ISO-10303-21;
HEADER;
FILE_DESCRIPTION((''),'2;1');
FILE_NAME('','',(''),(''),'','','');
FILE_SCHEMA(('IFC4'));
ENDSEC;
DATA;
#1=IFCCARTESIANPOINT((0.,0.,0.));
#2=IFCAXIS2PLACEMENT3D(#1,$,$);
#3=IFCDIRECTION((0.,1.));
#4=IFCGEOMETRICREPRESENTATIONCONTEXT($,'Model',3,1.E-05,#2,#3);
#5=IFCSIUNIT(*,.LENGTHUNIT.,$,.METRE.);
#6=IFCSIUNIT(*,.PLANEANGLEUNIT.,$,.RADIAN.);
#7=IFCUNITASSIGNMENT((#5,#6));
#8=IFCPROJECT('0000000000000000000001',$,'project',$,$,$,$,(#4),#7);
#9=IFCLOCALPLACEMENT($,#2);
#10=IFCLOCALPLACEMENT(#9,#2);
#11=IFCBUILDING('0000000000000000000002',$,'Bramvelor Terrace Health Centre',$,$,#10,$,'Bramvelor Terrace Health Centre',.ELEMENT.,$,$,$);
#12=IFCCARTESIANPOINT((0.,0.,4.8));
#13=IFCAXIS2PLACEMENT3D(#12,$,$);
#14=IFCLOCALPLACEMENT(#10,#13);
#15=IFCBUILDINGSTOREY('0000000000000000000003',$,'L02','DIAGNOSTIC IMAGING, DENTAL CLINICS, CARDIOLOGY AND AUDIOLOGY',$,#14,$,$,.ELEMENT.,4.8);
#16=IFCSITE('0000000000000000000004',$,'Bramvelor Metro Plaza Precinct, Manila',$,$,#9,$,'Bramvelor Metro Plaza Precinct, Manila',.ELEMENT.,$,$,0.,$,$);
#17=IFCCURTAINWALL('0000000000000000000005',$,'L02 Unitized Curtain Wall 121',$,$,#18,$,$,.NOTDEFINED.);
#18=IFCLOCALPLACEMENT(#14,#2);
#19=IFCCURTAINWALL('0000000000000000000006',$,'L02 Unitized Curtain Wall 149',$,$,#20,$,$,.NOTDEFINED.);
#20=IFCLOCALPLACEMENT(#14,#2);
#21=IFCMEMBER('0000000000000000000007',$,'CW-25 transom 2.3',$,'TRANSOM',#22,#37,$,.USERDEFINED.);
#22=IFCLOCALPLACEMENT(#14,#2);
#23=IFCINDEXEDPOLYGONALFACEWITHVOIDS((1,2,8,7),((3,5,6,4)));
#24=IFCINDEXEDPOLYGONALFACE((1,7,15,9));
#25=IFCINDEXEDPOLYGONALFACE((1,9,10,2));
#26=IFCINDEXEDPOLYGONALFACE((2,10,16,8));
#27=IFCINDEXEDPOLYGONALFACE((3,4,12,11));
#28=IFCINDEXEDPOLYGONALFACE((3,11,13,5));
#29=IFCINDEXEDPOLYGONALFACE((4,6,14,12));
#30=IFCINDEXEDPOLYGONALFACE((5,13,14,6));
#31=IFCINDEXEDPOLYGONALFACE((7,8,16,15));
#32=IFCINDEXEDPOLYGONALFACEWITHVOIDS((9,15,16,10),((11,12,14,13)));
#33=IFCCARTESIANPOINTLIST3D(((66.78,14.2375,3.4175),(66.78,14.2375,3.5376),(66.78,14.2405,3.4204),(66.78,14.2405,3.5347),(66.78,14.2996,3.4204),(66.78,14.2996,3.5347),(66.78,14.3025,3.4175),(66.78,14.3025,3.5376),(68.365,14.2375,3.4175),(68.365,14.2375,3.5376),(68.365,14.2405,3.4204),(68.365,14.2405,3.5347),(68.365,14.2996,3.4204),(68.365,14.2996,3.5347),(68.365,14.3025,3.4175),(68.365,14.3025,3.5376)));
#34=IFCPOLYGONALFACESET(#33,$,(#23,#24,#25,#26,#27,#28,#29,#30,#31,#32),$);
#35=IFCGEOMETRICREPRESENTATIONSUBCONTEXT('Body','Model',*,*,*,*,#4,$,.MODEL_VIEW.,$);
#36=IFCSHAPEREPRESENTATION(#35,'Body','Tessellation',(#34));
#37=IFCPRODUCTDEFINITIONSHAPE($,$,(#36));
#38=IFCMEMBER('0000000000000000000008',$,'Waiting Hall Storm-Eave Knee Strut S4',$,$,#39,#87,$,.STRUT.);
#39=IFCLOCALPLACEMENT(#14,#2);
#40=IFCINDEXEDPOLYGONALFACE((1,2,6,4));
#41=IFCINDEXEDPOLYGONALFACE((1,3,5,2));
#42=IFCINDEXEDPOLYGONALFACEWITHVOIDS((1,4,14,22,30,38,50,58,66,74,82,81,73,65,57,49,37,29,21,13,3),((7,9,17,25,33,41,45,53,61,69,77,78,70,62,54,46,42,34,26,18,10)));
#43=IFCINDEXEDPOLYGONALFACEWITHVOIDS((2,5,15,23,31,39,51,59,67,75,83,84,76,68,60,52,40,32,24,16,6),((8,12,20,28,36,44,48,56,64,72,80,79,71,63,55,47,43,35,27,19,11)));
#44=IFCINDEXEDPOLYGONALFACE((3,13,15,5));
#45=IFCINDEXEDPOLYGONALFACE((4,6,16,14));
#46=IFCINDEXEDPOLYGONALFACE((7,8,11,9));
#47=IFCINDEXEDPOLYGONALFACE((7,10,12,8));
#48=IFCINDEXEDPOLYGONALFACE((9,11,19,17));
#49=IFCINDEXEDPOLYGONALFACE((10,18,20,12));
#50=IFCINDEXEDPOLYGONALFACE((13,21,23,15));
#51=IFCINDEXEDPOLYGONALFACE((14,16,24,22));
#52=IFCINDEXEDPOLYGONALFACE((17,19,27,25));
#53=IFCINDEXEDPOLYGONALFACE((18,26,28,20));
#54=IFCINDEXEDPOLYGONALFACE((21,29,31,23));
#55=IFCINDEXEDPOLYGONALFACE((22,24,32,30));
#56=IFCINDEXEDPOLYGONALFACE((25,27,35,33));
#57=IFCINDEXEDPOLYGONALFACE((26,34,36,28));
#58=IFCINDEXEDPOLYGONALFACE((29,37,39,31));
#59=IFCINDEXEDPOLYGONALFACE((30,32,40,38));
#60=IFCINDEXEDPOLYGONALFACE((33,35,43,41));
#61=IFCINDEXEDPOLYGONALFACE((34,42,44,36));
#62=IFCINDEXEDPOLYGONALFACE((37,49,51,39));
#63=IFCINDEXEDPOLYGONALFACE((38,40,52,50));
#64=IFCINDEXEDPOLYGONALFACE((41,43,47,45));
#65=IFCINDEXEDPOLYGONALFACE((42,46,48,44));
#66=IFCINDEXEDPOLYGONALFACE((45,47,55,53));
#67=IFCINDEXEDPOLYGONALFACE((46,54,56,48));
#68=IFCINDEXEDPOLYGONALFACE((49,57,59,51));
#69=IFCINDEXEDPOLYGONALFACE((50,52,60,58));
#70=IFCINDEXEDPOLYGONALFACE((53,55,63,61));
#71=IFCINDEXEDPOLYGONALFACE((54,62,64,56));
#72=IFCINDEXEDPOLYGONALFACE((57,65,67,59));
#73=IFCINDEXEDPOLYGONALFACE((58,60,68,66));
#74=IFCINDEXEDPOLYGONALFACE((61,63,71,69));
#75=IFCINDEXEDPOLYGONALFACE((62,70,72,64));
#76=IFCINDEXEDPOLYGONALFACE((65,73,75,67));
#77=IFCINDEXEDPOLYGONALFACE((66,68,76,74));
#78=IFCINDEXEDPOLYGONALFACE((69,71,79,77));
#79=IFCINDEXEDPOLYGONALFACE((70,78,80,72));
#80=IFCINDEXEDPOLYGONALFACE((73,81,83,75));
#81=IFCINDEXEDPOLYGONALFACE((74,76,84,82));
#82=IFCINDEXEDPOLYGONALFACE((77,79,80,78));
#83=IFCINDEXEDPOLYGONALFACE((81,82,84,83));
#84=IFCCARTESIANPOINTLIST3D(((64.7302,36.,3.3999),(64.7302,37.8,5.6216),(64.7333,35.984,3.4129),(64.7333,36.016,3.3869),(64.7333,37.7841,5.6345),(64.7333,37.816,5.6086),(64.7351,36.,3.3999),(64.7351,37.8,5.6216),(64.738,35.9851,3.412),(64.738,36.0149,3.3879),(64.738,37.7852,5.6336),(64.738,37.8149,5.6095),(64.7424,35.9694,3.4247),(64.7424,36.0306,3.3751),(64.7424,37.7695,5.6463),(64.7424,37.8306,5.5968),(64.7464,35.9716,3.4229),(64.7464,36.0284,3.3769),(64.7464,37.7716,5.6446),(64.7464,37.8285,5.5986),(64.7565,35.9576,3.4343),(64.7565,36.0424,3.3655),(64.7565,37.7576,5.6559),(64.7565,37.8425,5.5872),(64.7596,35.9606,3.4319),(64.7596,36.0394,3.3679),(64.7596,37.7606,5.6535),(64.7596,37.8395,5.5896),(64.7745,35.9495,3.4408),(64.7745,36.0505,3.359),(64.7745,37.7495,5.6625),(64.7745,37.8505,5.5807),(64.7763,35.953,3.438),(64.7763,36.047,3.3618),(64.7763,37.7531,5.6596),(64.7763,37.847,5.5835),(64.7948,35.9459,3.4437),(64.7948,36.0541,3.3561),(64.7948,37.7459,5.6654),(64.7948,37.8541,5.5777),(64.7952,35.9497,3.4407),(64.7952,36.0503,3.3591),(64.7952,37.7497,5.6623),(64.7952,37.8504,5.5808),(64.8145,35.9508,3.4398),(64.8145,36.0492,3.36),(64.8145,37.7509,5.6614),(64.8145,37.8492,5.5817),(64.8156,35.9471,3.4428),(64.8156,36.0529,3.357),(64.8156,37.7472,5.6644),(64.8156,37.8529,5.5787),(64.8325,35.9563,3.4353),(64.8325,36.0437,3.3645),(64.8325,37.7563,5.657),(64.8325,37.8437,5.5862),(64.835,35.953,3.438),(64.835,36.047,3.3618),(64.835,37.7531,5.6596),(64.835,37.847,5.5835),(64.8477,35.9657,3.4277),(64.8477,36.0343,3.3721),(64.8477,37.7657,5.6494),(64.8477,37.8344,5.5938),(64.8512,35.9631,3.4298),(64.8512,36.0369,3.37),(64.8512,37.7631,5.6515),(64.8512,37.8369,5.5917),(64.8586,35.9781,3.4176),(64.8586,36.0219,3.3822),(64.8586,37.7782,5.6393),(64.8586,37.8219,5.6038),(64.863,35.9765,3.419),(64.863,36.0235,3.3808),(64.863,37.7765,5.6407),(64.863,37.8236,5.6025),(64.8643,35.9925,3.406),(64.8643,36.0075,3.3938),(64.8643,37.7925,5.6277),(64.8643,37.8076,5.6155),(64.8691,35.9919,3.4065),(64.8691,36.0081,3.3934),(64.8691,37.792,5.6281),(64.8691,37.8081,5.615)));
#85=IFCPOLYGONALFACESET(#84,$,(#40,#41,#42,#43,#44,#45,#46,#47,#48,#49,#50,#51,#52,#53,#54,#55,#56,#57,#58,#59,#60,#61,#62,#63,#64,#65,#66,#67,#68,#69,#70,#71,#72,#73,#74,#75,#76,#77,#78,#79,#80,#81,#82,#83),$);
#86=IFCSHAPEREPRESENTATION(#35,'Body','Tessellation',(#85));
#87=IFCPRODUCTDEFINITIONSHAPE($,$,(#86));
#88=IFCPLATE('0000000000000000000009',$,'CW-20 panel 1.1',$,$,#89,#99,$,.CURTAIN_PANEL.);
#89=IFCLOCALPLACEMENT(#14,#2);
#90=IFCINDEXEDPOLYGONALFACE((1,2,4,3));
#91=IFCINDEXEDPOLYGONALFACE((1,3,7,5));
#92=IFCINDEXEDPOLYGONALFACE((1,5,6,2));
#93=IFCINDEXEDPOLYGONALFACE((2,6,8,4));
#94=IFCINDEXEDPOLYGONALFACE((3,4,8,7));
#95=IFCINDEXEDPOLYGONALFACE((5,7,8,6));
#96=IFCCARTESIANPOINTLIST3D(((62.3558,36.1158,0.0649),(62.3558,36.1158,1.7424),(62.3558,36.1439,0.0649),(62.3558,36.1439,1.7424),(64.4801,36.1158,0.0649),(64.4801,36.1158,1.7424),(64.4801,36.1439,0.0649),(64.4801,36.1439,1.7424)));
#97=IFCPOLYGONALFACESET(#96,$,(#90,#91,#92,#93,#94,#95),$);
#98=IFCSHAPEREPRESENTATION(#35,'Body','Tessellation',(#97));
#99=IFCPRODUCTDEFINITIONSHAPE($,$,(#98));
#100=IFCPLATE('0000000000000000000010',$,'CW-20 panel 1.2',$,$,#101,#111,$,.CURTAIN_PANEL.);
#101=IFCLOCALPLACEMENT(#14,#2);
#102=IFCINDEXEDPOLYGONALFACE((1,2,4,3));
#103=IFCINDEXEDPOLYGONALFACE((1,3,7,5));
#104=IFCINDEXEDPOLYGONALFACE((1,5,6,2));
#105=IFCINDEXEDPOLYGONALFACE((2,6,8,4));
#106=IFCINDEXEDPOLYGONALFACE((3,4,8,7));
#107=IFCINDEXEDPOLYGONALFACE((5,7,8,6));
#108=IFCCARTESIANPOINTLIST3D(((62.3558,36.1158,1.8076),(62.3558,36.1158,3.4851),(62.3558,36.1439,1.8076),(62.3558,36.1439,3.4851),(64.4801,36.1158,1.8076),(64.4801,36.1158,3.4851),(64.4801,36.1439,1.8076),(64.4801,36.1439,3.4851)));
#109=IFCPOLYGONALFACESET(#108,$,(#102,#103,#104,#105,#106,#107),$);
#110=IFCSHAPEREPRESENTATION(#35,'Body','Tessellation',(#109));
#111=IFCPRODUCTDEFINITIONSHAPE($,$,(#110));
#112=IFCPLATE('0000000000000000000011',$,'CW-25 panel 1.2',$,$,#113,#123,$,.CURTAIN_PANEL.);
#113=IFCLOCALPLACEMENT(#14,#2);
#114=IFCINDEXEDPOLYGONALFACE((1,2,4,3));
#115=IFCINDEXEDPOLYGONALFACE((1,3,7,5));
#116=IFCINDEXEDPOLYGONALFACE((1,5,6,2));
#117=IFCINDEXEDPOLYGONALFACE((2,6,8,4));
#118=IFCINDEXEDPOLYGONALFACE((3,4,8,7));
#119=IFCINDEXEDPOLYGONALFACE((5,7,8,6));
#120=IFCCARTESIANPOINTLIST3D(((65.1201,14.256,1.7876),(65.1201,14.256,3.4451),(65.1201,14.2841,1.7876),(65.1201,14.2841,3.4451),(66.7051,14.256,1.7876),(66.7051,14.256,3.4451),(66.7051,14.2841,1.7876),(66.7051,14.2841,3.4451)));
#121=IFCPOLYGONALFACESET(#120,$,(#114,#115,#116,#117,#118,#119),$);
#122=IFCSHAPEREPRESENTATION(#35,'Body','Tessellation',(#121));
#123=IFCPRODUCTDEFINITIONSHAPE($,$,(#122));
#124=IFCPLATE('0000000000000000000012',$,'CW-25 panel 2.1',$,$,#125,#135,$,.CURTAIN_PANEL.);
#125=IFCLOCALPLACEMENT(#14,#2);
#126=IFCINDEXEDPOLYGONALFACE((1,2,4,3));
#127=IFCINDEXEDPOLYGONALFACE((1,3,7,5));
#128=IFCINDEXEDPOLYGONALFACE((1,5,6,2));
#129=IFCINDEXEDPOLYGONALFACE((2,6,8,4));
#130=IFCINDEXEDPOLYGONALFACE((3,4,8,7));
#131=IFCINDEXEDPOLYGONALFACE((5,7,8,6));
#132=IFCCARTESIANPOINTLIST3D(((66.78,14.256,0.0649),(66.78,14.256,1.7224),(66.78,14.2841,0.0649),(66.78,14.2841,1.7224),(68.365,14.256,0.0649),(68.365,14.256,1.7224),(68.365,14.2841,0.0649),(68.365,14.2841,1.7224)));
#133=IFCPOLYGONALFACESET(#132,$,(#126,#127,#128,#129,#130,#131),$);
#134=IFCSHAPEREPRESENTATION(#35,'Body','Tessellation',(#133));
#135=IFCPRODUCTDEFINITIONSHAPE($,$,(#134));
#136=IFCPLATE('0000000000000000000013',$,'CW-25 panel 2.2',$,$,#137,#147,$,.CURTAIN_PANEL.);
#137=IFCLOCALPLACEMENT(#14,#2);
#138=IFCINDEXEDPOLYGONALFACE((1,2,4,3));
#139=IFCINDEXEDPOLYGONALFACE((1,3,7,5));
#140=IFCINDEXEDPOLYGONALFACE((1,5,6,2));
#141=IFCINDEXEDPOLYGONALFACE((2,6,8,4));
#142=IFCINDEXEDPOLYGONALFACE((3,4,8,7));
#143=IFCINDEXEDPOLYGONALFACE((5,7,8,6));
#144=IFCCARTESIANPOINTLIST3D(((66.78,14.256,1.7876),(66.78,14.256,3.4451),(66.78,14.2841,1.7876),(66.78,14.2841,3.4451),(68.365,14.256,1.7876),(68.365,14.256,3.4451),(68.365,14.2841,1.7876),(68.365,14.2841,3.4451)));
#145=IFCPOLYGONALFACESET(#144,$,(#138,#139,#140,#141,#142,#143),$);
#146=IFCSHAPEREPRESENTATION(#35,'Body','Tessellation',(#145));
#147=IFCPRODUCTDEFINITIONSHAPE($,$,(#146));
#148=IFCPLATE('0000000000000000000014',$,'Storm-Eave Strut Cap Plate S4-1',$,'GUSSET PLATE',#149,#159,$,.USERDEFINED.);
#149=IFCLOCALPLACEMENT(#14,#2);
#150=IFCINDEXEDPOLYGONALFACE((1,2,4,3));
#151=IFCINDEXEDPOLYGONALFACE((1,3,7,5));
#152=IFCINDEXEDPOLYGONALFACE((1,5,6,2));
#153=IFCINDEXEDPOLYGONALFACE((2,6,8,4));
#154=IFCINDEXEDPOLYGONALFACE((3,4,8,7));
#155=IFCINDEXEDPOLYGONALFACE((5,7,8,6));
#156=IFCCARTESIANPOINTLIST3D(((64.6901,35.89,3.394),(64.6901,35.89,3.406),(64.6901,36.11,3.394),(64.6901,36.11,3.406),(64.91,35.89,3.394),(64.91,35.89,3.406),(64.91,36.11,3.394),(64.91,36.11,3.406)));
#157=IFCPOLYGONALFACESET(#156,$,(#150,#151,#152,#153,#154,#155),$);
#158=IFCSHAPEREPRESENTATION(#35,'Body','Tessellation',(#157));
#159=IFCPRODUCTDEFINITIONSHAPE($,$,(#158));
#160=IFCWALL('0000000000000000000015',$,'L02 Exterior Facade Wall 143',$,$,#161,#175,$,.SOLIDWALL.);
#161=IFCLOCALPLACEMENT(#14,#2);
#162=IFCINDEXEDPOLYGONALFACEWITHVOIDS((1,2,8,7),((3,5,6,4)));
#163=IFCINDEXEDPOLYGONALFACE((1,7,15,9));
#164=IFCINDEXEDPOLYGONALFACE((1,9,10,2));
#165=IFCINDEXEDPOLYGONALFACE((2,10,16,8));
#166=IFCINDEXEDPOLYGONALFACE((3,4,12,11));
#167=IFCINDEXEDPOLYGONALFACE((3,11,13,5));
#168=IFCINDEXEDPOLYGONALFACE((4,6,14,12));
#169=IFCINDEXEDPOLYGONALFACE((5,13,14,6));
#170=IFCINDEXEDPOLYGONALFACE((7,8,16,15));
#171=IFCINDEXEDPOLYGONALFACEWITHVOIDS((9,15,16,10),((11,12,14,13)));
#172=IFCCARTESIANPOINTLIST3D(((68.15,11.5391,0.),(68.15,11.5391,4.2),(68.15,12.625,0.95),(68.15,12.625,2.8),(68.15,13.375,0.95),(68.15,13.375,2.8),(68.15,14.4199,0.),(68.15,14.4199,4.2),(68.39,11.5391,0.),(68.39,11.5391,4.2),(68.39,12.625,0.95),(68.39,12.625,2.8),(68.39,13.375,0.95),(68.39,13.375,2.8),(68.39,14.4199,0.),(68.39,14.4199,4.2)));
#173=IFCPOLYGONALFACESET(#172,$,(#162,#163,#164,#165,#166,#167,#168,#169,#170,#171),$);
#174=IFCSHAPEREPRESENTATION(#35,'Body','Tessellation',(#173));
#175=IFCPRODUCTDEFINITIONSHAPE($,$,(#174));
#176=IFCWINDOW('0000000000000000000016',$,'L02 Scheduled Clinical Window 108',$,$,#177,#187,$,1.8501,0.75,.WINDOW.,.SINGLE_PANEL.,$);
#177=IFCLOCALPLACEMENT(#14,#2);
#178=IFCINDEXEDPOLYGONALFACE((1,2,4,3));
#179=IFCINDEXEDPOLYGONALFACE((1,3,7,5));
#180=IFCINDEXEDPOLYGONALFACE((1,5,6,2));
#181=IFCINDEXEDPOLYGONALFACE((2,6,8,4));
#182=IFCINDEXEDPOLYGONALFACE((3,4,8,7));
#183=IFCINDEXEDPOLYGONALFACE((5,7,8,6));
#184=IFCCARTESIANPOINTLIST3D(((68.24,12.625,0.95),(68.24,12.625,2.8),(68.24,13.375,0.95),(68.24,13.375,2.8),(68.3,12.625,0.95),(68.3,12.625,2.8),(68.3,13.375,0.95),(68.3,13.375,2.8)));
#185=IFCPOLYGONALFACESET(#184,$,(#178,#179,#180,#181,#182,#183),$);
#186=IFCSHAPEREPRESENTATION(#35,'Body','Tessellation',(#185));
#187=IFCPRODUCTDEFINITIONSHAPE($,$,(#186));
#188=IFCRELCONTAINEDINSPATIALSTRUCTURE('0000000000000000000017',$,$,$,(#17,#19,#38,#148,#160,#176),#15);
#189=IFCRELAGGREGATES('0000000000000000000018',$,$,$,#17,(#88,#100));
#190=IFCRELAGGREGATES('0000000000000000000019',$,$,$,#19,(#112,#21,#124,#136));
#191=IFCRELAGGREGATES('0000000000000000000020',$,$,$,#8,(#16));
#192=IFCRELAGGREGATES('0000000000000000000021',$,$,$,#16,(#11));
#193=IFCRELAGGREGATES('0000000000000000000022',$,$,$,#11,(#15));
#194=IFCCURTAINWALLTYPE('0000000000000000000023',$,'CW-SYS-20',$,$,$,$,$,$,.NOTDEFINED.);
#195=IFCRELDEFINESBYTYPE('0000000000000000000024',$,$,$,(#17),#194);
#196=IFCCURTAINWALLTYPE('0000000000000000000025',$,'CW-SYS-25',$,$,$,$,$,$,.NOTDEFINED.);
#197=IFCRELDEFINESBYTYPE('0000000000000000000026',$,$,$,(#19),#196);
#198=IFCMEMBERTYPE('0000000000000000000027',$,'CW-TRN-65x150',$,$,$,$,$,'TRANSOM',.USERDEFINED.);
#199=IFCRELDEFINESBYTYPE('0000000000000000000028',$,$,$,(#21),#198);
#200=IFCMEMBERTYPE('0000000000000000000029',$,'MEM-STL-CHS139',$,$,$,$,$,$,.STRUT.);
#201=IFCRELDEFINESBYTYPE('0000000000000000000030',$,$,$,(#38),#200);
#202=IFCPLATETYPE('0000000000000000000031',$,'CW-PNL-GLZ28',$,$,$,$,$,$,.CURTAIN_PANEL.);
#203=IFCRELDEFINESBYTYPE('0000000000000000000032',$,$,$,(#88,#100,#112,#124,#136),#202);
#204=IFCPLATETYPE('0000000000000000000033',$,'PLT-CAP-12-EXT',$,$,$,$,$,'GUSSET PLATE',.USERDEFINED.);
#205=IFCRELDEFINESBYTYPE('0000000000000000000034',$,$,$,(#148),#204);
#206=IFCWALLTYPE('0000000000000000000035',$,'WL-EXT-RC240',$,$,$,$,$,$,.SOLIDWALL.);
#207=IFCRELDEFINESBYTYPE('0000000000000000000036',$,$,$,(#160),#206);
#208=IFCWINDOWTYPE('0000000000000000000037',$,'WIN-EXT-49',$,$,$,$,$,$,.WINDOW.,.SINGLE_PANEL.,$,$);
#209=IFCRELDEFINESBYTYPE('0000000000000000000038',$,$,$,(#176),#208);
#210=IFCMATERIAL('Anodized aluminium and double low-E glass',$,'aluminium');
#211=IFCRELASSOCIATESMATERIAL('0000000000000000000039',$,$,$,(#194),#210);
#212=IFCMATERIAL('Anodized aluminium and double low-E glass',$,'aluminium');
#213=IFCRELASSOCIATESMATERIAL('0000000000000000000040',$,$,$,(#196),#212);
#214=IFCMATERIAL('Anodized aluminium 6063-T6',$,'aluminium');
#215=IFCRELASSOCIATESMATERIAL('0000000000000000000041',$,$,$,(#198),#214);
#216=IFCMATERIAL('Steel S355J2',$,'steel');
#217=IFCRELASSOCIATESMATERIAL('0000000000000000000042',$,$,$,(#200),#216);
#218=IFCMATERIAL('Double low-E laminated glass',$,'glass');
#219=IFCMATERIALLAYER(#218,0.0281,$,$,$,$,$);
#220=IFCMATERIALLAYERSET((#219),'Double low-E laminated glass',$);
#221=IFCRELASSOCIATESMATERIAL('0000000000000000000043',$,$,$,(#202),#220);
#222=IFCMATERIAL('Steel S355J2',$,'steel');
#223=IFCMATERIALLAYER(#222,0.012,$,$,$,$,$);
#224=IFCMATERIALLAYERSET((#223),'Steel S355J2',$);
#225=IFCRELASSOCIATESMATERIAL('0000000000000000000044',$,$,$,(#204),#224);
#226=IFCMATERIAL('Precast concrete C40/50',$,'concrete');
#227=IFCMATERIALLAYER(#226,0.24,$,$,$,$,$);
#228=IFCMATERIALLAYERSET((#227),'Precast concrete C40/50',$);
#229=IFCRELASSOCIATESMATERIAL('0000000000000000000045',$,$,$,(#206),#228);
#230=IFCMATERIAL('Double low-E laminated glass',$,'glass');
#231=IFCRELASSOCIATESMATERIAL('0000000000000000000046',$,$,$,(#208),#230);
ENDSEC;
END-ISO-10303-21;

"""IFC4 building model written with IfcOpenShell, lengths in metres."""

from ifc_helpers import new_model, si_unit, direction, frame, frame_2d, origin, origin_2d, place, context, subcontext, project, spatial, rectangle, hollow_rectangle, hollow_circle, extrude, material, layer, layer_set, material_profile, profile_set, type_object, element, fill, aggregate, save


model = new_model("IFC4")

# Units and contexts
model_context = context("Model", 3, precision=1e-05, world=origin(), true_north=direction((0.0, 1.0)))
body_context = subcontext(model_context, "Body", "Model", "MODEL_VIEW")
ifc_project = project(units=[si_unit("LENGTHUNIT", "METRE"), si_unit("PLANEANGLEUNIT", "RADIAN")], contexts=[model_context])

# Site, building, storey
site_placement = place(None, origin())
site = spatial("IfcSite", under=ifc_project, at=site_placement, Name="Bramvelor Metro Plaza Precinct, Manila", LongName="Bramvelor Metro Plaza Precinct, Manila", CompositionType="ELEMENT", RefElevation=0.0)
building_placement = place(site_placement, origin())
building = spatial("IfcBuilding", under=site, at=building_placement, Name="Bramvelor Terrace Health Centre", LongName="Bramvelor Terrace Health Centre", CompositionType="ELEMENT")
storey_placement = place(building_placement, frame((0.0, 0.0, 4.8)))
storey = spatial("IfcBuildingStorey", under=building, at=storey_placement, Name="L02", Description="DIAGNOSTIC IMAGING, DENTAL CLINICS, CARDIOLOGY AND AUDIOLOGY", CompositionType="ELEMENT", Elevation=4.8)

# Curtain wall
ifc_material_1 = material(Name="Anodized aluminium and double low-E glass", Category="aluminium")
curtain_wall_type_1 = type_object("IfcCurtainWallType", Name="CW-SYS-20", PredefinedType="NOTDEFINED", material=ifc_material_1)
curtain_wall_1_placement = place(storey_placement, origin())
curtain_wall_1 = element("IfcCurtainWall", 1, at=curtain_wall_1_placement, inside=storey, type_object=curtain_wall_type_1, Name="L02 Unitized Curtain Wall 121", PredefinedType="NOTDEFINED")

# Curtain wall
ifc_material_2 = material(Name="Anodized aluminium and double low-E glass", Category="aluminium")
curtain_wall_type_2 = type_object("IfcCurtainWallType", Name="CW-SYS-25", PredefinedType="NOTDEFINED", material=ifc_material_2)
curtain_wall_2_placement = place(storey_placement, origin())
curtain_wall_2 = element("IfcCurtainWall", 2, at=curtain_wall_2_placement, inside=storey, type_object=curtain_wall_type_2, Name="L02 Unitized Curtain Wall 149", PredefinedType="NOTDEFINED")

# Members
ifc_material_3 = material(Name="Anodized aluminium 6063-T6", Category="aluminium")
ifc_material_profile_1 = material_profile(ifc_material_3, hollow_rectangle(XDim=0.0649, YDim=0.1201, WallThickness=0.0029, at=origin_2d()), Name="ALU-TRN 65x120x3.0")
ifc_profile_set_1 = profile_set([ifc_material_profile_1], Name="Anodized aluminium 6063-T6")
member_type_1 = type_object("IfcMemberType", Name="CW-TRN-65x150", ElementType="TRANSOM", PredefinedType="USERDEFINED", material=ifc_profile_set_1)
member_1_placement = place(storey_placement, frame((66.78, 14.27, 3.4775), z_axis=(1.0, 0.0, 0.0), x_axis=(0.0, 1.0, 0.0)))
member_1 = element("IfcMember", 3, at=member_1_placement, type_object=member_type_1, Name="CW-25 transom 2.3", ObjectType="TRANSOM", PredefinedType="USERDEFINED", context=body_context, shape_type="SweptSolid", body=[
    extrude(hollow_rectangle(XDim=0.0649, YDim=0.1201, WallThickness=0.0029, at=origin_2d()), origin(), (0.0, 0.0, 1.0), 1.585),
])
ifc_material_4 = material(Name="Steel S355J2", Category="steel")
ifc_material_profile_2 = material_profile(ifc_material_4, hollow_circle(Radius=0.0698, WallThickness=0.0049, at=origin_2d()), Name="CHS 139.7x5.0")
ifc_profile_set_2 = profile_set([ifc_material_profile_2], Name="Steel S355J2")
member_type_2 = type_object("IfcMemberType", Name="MEM-STL-CHS139", PredefinedType="STRUT", material=ifc_profile_set_2)
member_2_placement = place(storey_placement, frame((64.8, 36.0, 3.3999), z_axis=(0.0, 0.629525, 0.77698), x_axis=(-1.0, 0.0, 0.0)))
element("IfcMember", 4, at=member_2_placement, inside=storey, type_object=member_type_2, Name="Waiting Hall Storm-Eave Knee Strut S4", PredefinedType="STRUT", context=body_context, shape_type="SweptSolid", body=[
    extrude(hollow_circle(Radius=0.0698, WallThickness=0.0049, at=origin_2d()), origin(), (0.0, 0.0, 1.0), 2.8594),
])

# Plates
ifc_material_5 = material(Name="Double low-E laminated glass", Category="glass")
ifc_layer_1 = layer(ifc_material_5, 0.0281)
ifc_layer_set_1 = layer_set([ifc_layer_1], Name="Double low-E laminated glass")
plate_type_1 = type_object("IfcPlateType", Name="CW-PNL-GLZ28", PredefinedType="CURTAIN_PANEL", material=ifc_layer_set_1)
plate_1_placement = place(storey_placement, frame((63.418, 36.1299, 0.0649), z_axis=(0.0, 0.0, 1.0), x_axis=(-1.0, 0.0, 0.0)))
plate_1 = element("IfcPlate", 5, at=plate_1_placement, type_object=plate_type_1, Name="CW-20 panel 1.1", PredefinedType="CURTAIN_PANEL", context=body_context, shape_type="SweptSolid", body=[
    extrude(rectangle(XDim=2.1243, YDim=0.0281, at=origin_2d()), origin(), (0.0, 0.0, 1.0), 1.6775),
])
plate_2_placement = place(storey_placement, frame((63.418, 36.1299, 1.8076), z_axis=(0.0, 0.0, 1.0), x_axis=(-1.0, 0.0, 0.0)))
plate_2 = element("IfcPlate", 6, at=plate_2_placement, type_object=plate_type_1, Name="CW-20 panel 1.2", PredefinedType="CURTAIN_PANEL", context=body_context, shape_type="SweptSolid", body=[
    extrude(rectangle(XDim=2.1243, YDim=0.0281, at=origin_2d()), origin(), (0.0, 0.0, 1.0), 1.6775),
])
aggregate(curtain_wall_1, [plate_1, plate_2])
plate_3_placement = place(storey_placement, frame((65.9126, 14.27, 1.7876), z_axis=(0.0, 0.0, 1.0), x_axis=(1.0, 0.0, 0.0)))
plate_3 = element("IfcPlate", 7, at=plate_3_placement, type_object=plate_type_1, Name="CW-25 panel 1.2", PredefinedType="CURTAIN_PANEL", context=body_context, shape_type="SweptSolid", body=[
    extrude(rectangle(XDim=1.585, YDim=0.0281, at=origin_2d()), origin(), (0.0, 0.0, 1.0), 1.6575),
])
plate_4_placement = place(storey_placement, frame((67.5725, 14.27, 0.0649), z_axis=(0.0, 0.0, 1.0), x_axis=(1.0, 0.0, 0.0)))
plate_4 = element("IfcPlate", 8, at=plate_4_placement, type_object=plate_type_1, Name="CW-25 panel 2.1", PredefinedType="CURTAIN_PANEL", context=body_context, shape_type="SweptSolid", body=[
    extrude(rectangle(XDim=1.585, YDim=0.0281, at=origin_2d()), origin(), (0.0, 0.0, 1.0), 1.6575),
])
plate_5_placement = place(storey_placement, frame((67.5725, 14.27, 1.7876), z_axis=(0.0, 0.0, 1.0), x_axis=(1.0, 0.0, 0.0)))
plate_5 = element("IfcPlate", 9, at=plate_5_placement, type_object=plate_type_1, Name="CW-25 panel 2.2", PredefinedType="CURTAIN_PANEL", context=body_context, shape_type="SweptSolid", body=[
    extrude(rectangle(XDim=1.585, YDim=0.0281, at=origin_2d()), origin(), (0.0, 0.0, 1.0), 1.6575),
])
aggregate(curtain_wall_2, [plate_3, member_1, plate_4, plate_5])
ifc_material_6 = material(Name="Steel S355J2", Category="steel")
ifc_layer_2 = layer(ifc_material_6, 0.012)
ifc_layer_set_2 = layer_set([ifc_layer_2], Name="Steel S355J2")
plate_type_2 = type_object("IfcPlateType", Name="PLT-CAP-12-EXT", ElementType="GUSSET PLATE", PredefinedType="USERDEFINED", material=ifc_layer_set_2)
plate_6_placement = place(storey_placement, frame((64.8, 36.0, 3.394), z_axis=(0.0, 0.0, 1.0), x_axis=(1.0, 0.0, 0.0)))
element("IfcPlate", 10, at=plate_6_placement, inside=storey, type_object=plate_type_2, Name="Storm-Eave Strut Cap Plate S4-1", ObjectType="GUSSET PLATE", PredefinedType="USERDEFINED", context=body_context, shape_type="SweptSolid", body=[
    extrude(rectangle(XDim=0.22, YDim=0.22, at=origin_2d()), origin(), (0.0, 0.0, 1.0), 0.012),
])

# Wall, opening, window
ifc_material_7 = material(Name="Precast concrete C40/50", Category="concrete")
ifc_layer_3 = layer(ifc_material_7, 0.24)
ifc_layer_set_3 = layer_set([ifc_layer_3], Name="Precast concrete C40/50")
wall_type = type_object("IfcWallType", Name="WL-EXT-RC240", PredefinedType="SOLIDWALL", material=ifc_layer_set_3)
wall_placement = place(storey_placement, frame((68.27, 14.4199, 0.0), z_axis=(0.0, 0.0, 1.0), x_axis=(0.0, -1.0, 0.0)))
wall = element("IfcWall", 11, at=wall_placement, inside=storey, type_object=wall_type, Name="L02 Exterior Facade Wall 143", PredefinedType="SOLIDWALL", context=body_context, shape_type="SweptSolid", body=[
    extrude(rectangle(XDim=2.8809, YDim=0.24, at=frame_2d((1.4404, 0.0))), origin(), (0.0, 0.0, 1.0), 4.2),
])
opening_placement = place(wall_placement, frame((1.0449, 0.0, 0.95)))
opening = element("IfcOpeningElement", 12, at=opening_placement, cuts=wall, PredefinedType="OPENING", context=body_context, shape_type="SweptSolid", body=[
    extrude(rectangle(XDim=0.75, YDim=1.8501, at=frame_2d((0.375, 0.925))), frame((0.0, 0.1299, 0.0), z_axis=(0.0, -1.0, 0.0), x_axis=(1.0, 0.0, 0.0)), (0.0, 0.0, 1.0), 0.26),
])
ifc_material_8 = material(Name="Double low-E laminated glass", Category="glass")
window_type = type_object("IfcWindowType", Name="WIN-EXT-49", PartitioningType="SINGLE_PANEL", PredefinedType="WINDOW", material=ifc_material_8)
window_placement = place(opening_placement, origin())
window = element("IfcWindow", 13, at=window_placement, inside=storey, type_object=window_type, Name="L02 Scheduled Clinical Window 108", OverallHeight=1.8501, OverallWidth=0.75, PartitioningType="SINGLE_PANEL", PredefinedType="WINDOW", context=body_context, shape_type="SweptSolid", body=[
    extrude(rectangle(XDim=0.75, YDim=1.8501, at=frame_2d((0.375, 0.925))), frame((0.0, 0.03, 0.0), z_axis=(0.0, -1.0, 0.0), x_axis=(1.0, 0.0, 0.0)), (0.0, 0.0, 1.0), 0.0601),
])
fill(opening, window)

save(model, "model.ifc")
